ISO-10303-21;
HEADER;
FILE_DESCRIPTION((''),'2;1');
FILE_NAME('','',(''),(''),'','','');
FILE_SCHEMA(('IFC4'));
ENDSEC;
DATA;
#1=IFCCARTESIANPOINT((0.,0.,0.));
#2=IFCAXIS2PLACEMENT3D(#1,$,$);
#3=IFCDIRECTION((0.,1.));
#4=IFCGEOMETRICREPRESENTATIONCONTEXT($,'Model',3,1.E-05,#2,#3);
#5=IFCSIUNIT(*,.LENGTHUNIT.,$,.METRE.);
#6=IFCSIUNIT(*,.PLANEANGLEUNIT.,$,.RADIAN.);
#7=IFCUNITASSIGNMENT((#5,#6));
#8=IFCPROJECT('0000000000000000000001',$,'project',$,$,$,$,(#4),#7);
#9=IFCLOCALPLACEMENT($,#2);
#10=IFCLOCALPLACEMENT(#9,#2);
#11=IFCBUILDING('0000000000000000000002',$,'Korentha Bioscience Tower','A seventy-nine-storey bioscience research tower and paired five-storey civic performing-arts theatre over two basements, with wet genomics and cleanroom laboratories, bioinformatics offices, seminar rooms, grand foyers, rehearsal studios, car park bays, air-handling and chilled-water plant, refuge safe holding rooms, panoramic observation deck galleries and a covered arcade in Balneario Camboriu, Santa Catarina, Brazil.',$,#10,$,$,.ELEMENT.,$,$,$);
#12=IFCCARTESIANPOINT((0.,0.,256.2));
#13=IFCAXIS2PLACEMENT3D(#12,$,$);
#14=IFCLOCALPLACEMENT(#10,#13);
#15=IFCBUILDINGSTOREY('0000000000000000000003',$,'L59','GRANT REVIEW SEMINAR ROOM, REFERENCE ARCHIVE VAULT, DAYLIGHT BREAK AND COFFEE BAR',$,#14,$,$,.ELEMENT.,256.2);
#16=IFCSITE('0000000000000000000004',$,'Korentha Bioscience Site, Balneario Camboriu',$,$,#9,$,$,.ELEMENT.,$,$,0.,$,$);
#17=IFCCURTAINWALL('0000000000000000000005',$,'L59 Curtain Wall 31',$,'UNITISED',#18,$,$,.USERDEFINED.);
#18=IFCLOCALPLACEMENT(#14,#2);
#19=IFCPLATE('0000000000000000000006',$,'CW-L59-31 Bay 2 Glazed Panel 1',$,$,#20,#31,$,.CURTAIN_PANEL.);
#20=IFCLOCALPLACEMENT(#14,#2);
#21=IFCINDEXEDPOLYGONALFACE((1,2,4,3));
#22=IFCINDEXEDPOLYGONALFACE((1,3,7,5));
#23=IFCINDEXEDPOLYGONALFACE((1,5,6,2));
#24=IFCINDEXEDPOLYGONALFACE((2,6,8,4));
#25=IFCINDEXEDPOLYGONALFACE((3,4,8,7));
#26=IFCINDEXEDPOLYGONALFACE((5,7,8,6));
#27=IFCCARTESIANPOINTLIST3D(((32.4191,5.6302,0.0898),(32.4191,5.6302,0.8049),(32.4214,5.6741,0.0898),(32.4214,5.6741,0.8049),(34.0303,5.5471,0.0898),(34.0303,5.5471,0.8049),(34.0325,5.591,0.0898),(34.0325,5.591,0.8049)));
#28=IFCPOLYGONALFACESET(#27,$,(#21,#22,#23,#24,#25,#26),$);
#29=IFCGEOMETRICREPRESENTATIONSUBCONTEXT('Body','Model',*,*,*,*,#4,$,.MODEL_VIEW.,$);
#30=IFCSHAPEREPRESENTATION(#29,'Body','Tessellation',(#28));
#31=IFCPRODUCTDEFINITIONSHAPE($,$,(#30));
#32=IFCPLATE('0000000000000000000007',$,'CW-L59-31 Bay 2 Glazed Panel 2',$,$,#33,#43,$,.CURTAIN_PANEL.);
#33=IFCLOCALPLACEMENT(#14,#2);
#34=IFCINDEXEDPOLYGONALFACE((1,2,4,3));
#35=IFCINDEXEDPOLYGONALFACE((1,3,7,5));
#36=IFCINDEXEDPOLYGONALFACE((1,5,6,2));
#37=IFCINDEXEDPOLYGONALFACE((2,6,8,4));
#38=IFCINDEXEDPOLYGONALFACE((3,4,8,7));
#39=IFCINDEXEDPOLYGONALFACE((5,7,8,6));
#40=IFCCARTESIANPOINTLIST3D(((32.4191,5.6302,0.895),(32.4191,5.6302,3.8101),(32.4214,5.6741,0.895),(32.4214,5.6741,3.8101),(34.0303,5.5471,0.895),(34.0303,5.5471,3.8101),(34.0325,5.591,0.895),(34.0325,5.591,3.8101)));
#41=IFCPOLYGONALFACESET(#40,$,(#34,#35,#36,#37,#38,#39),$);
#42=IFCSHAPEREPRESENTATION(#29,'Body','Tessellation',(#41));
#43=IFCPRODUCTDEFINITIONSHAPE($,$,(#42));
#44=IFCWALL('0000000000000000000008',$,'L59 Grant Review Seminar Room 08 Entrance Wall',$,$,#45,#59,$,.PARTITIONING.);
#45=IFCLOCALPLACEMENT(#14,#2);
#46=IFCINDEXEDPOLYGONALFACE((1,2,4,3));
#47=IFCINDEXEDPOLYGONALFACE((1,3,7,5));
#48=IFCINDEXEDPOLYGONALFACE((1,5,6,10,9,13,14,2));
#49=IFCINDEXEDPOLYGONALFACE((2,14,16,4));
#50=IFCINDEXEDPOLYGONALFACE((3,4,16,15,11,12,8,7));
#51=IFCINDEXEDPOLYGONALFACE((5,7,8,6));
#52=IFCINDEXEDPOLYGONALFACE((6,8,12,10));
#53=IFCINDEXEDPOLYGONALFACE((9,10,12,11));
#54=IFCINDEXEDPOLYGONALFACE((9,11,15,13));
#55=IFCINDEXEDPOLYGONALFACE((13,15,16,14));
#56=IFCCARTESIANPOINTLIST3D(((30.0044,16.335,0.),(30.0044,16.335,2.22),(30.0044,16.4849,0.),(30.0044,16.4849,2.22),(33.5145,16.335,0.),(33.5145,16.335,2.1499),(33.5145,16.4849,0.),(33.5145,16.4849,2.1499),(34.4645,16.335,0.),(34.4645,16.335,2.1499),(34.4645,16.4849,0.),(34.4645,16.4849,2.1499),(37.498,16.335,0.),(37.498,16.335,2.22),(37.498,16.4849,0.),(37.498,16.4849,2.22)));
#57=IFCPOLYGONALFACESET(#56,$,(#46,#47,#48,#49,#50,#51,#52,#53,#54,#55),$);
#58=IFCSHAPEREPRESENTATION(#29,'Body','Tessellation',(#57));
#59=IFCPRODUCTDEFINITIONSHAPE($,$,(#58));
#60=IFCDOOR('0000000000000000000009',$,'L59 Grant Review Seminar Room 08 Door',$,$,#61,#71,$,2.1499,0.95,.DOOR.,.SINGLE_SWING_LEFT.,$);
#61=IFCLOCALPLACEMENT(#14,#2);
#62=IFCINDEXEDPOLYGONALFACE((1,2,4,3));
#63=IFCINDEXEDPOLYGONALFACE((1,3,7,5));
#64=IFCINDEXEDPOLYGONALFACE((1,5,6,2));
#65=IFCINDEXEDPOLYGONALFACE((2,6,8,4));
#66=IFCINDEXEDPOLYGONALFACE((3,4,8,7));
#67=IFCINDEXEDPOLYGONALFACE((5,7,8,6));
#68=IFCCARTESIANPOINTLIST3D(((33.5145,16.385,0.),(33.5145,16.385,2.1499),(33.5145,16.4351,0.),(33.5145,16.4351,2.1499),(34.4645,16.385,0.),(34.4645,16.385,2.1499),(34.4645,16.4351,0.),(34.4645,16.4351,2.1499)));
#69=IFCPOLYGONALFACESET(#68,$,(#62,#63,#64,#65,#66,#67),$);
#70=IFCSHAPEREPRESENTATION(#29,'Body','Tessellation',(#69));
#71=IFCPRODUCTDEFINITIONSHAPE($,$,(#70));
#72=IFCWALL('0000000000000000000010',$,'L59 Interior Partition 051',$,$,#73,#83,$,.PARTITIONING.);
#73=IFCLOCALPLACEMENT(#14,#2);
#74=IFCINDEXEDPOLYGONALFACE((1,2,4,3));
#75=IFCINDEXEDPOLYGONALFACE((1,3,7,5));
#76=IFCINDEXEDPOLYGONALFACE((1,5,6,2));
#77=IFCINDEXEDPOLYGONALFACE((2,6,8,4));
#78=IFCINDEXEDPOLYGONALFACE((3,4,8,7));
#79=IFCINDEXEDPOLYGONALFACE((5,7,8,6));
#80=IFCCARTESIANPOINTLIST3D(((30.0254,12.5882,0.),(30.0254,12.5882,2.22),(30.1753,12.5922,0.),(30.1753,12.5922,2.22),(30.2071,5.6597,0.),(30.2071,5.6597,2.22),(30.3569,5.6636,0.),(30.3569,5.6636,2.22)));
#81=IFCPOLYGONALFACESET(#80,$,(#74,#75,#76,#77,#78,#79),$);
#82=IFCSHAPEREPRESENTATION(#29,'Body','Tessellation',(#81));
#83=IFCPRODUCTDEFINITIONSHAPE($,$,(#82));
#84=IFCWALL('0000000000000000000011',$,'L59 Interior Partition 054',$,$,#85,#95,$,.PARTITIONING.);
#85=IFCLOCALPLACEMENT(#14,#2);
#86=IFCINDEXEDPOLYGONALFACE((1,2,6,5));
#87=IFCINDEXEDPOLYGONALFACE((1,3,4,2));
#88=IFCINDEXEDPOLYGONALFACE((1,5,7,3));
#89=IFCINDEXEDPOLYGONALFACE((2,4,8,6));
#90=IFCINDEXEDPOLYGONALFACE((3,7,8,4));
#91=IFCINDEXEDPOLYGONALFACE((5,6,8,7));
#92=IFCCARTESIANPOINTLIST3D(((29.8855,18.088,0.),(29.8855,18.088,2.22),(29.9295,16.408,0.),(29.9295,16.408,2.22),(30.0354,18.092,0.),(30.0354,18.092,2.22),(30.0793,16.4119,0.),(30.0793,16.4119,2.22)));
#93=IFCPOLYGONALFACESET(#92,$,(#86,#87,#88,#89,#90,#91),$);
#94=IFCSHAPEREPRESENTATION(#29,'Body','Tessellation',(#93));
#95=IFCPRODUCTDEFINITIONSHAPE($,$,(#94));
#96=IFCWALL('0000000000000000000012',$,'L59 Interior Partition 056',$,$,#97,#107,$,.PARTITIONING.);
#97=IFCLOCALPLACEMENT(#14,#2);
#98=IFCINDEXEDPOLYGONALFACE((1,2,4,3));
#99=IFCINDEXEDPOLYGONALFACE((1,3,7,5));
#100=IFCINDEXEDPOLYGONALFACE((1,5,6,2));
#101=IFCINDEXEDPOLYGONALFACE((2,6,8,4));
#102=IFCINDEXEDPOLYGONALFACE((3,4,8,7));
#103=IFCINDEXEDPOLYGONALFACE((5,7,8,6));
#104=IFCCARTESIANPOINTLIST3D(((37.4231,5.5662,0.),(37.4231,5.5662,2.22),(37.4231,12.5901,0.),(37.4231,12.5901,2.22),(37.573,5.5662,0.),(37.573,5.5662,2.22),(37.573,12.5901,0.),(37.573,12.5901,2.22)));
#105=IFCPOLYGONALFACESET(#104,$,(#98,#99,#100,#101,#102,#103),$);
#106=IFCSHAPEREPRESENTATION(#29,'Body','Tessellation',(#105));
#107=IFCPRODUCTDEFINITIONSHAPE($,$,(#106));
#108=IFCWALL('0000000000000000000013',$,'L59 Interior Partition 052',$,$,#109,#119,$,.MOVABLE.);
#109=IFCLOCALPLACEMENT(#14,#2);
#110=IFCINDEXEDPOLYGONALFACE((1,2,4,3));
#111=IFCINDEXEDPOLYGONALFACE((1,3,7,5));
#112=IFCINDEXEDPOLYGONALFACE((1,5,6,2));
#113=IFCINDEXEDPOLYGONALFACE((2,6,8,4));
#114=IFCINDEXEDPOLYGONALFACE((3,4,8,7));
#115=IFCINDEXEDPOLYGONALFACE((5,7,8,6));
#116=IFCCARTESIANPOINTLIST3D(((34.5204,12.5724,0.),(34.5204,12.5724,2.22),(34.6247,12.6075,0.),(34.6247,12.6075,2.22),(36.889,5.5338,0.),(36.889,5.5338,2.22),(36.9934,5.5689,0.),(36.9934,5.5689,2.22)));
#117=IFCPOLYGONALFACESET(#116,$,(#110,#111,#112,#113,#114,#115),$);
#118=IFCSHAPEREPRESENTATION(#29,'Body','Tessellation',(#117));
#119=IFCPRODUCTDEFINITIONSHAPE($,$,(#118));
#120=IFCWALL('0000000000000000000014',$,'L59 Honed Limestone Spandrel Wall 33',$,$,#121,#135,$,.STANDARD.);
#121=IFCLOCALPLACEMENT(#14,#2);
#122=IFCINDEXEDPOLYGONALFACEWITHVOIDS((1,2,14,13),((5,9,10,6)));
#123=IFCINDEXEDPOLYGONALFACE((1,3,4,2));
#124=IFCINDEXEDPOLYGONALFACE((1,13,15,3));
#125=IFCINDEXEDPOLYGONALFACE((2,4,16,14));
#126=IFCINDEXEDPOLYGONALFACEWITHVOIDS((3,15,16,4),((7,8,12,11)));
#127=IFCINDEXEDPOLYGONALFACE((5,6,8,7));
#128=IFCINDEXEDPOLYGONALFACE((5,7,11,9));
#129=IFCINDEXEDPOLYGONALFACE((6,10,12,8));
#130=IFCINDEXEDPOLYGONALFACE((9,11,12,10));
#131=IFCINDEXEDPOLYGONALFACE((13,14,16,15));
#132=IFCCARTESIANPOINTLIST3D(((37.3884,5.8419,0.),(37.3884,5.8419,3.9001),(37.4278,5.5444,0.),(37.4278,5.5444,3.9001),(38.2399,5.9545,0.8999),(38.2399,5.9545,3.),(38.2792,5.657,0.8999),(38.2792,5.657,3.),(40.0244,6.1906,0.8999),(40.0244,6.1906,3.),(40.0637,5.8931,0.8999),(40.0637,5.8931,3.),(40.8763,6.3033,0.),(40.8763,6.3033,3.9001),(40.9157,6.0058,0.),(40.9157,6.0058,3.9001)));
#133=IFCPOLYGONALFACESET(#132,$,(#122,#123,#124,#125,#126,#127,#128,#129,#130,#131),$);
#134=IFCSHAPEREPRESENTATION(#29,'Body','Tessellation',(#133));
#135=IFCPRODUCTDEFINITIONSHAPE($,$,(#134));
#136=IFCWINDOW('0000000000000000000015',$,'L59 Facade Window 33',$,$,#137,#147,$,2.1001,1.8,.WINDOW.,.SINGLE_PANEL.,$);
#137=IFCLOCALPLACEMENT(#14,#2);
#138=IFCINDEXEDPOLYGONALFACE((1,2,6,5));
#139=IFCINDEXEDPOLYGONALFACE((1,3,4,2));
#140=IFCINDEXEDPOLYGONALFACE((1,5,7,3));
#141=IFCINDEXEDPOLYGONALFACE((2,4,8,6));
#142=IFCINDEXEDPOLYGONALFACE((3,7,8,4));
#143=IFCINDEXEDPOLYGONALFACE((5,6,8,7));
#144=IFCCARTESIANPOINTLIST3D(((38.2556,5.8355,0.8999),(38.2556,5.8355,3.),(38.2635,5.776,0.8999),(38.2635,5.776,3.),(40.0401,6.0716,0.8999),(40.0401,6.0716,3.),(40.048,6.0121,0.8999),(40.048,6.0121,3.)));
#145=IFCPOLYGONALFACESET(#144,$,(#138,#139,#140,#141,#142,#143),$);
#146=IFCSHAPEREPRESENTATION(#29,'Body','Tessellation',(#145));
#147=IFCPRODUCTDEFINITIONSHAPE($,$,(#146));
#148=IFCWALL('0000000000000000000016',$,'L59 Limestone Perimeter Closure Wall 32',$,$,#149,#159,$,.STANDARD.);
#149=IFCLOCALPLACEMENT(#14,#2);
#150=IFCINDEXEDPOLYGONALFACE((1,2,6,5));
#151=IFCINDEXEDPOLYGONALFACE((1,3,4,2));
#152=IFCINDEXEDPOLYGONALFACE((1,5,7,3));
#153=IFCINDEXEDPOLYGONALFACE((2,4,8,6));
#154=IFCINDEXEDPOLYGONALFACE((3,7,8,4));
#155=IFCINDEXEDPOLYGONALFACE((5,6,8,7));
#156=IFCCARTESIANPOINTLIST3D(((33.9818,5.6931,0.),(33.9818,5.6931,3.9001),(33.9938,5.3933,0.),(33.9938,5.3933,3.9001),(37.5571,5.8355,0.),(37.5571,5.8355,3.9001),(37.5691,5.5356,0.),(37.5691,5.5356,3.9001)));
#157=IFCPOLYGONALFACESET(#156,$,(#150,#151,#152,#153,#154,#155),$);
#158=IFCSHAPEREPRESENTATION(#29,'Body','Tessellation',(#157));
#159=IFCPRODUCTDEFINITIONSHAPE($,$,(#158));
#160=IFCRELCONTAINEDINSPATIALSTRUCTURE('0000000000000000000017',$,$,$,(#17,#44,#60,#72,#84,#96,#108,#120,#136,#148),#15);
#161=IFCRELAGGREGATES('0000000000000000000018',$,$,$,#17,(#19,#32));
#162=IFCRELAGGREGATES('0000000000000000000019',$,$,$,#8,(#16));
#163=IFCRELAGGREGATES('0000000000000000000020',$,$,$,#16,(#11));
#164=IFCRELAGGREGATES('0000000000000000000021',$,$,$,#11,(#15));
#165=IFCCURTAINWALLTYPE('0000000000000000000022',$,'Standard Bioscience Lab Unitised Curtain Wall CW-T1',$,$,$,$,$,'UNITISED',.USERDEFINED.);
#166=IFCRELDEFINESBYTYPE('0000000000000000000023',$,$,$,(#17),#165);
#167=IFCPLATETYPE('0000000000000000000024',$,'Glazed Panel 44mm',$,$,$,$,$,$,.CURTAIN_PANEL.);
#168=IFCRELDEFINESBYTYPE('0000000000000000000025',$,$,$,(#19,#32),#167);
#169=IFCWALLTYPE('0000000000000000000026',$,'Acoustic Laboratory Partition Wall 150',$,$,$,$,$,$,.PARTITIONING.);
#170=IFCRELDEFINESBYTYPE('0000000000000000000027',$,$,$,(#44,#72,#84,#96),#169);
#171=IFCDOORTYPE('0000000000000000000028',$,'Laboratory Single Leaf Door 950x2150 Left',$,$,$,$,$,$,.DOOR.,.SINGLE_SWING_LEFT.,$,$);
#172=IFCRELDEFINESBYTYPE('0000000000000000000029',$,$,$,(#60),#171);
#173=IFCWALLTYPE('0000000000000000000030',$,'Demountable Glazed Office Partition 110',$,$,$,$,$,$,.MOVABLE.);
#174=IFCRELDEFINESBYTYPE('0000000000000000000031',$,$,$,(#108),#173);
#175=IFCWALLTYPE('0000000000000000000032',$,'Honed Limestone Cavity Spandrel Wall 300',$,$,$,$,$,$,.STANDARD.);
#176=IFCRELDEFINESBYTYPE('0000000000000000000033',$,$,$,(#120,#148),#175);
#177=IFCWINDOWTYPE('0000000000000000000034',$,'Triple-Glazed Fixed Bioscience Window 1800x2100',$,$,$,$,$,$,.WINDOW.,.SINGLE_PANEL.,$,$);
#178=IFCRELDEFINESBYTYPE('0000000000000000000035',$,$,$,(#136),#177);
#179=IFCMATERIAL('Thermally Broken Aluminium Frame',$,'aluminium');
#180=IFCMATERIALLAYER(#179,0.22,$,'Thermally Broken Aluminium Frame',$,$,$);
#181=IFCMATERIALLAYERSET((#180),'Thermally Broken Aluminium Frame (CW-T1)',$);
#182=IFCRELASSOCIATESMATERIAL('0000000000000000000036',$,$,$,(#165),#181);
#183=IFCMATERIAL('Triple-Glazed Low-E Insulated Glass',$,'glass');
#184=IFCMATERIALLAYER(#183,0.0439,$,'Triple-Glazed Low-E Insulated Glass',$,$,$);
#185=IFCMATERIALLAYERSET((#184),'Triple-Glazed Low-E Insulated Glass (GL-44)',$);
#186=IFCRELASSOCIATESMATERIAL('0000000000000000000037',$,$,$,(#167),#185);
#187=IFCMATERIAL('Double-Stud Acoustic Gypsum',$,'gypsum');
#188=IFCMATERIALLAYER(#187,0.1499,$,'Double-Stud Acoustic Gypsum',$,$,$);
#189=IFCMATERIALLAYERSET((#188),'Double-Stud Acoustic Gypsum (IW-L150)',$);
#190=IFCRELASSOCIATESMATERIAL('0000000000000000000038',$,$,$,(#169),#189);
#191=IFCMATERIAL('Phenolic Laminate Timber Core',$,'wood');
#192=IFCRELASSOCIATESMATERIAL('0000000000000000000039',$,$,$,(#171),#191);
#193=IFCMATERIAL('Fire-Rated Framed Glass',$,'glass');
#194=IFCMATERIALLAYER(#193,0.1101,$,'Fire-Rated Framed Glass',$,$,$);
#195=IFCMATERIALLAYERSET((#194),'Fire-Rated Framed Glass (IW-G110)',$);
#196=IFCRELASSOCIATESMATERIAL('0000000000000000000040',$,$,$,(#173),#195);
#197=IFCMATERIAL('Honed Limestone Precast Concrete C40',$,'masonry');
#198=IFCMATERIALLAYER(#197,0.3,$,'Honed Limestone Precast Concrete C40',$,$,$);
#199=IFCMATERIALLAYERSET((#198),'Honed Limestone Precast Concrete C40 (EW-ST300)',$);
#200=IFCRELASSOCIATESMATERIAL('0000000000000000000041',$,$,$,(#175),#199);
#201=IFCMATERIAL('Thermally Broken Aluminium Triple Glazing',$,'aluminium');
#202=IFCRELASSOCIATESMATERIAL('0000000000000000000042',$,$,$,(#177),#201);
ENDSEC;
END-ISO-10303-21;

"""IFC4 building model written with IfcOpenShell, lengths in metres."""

from ifc_helpers import new_model, si_unit, direction, frame, frame_2d, origin, origin_2d, place, context, subcontext, project, spatial, rectangle, extrude, material, layer, layer_set, type_object, element, fill, aggregate, save


model = new_model("IFC4")

# Units and contexts
model_context = context("Model", 3, precision=1e-05, world=origin(), true_north=direction((0.0, 1.0)))
body_context = subcontext(model_context, "Body", "Model", "MODEL_VIEW")
ifc_project = project(units=[si_unit("LENGTHUNIT", "METRE"), si_unit("PLANEANGLEUNIT", "RADIAN")], contexts=[model_context])

# Site, building, storey
site_placement = place(None, origin())
site = spatial("IfcSite", under=ifc_project, at=site_placement, Name="Korentha Bioscience Site, Balneario Camboriu", CompositionType="ELEMENT", RefElevation=0.0)
building_placement = place(site_placement, origin())
building = spatial("IfcBuilding", under=site, at=building_placement, Name="Korentha Bioscience Tower", Description="A seventy-nine-storey bioscience research tower and paired five-storey civic performing-arts theatre over two basements, with wet genomics and cleanroom laboratories, bioinformatics offices, seminar rooms, grand foyers, rehearsal studios, car park bays, air-handling and chilled-water plant, refuge safe holding rooms, panoramic observation deck galleries and a covered arcade in Balneario Camboriu, Santa Catarina, Brazil.", CompositionType="ELEMENT")
storey_placement = place(building_placement, frame((0.0, 0.0, 256.2)))
storey = spatial("IfcBuildingStorey", under=building, at=storey_placement, Name="L59", Description="GRANT REVIEW SEMINAR ROOM, REFERENCE ARCHIVE VAULT, DAYLIGHT BREAK AND COFFEE BAR", CompositionType="ELEMENT", Elevation=256.2)

# Curtain wall, plates
ifc_material_1 = material(Name="Thermally Broken Aluminium Frame", Category="aluminium")
ifc_layer_1 = layer(ifc_material_1, 0.22, Name="Thermally Broken Aluminium Frame")
ifc_layer_set_1 = layer_set([ifc_layer_1], Name="Thermally Broken Aluminium Frame (CW-T1)")
curtain_wall_type = type_object("IfcCurtainWallType", Name="Standard Bioscience Lab Unitised Curtain Wall CW-T1", ElementType="UNITISED", PredefinedType="USERDEFINED", material=ifc_layer_set_1)
curtain_wall_placement = place(storey_placement, origin())
curtain_wall = element("IfcCurtainWall", 1, at=curtain_wall_placement, inside=storey, type_object=curtain_wall_type, Name="L59 Curtain Wall 31", ObjectType="UNITISED", PredefinedType="USERDEFINED")
ifc_material_2 = material(Name="Triple-Glazed Low-E Insulated Glass", Category="glass")
ifc_layer_2 = layer(ifc_material_2, 0.0439, Name="Triple-Glazed Low-E Insulated Glass")
ifc_layer_set_2 = layer_set([ifc_layer_2], Name="Triple-Glazed Low-E Insulated Glass (GL-44)")
plate_type = type_object("IfcPlateType", Name="Glazed Panel 44mm", PredefinedType="CURTAIN_PANEL", material=ifc_layer_set_2)
plate_1_placement = place(storey_placement, frame((33.2258, 5.6106, 0.0898), z_axis=(0.0, 0.0, 1.0), x_axis=(0.998671, -0.051538, 0.0)))
plate_1 = element("IfcPlate", 2, at=plate_1_placement, type_object=plate_type, Name="CW-L59-31 Bay 2 Glazed Panel 1", PredefinedType="CURTAIN_PANEL", context=body_context, shape_type="SweptSolid", body=[
    extrude(rectangle(XDim=1.6133, YDim=0.0439, at=origin_2d()), origin(), (0.0, 0.0, 1.0), 0.7151),
])
plate_2_placement = place(storey_placement, frame((33.2258, 5.6106, 0.895), z_axis=(0.0, 0.0, 1.0), x_axis=(0.998671, -0.051538, 0.0)))
plate_2 = element("IfcPlate", 3, at=plate_2_placement, type_object=plate_type, Name="CW-L59-31 Bay 2 Glazed Panel 2", PredefinedType="CURTAIN_PANEL", context=body_context, shape_type="SweptSolid", body=[
    extrude(rectangle(XDim=1.6133, YDim=0.0439, at=origin_2d()), origin(), (0.0, 0.0, 1.0), 2.915),
])
aggregate(curtain_wall, [plate_1, plate_2])

# Wall, opening, door
ifc_material_3 = material(Name="Double-Stud Acoustic Gypsum", Category="gypsum")
ifc_layer_3 = layer(ifc_material_3, 0.1499, Name="Double-Stud Acoustic Gypsum")
ifc_layer_set_3 = layer_set([ifc_layer_3], Name="Double-Stud Acoustic Gypsum (IW-L150)")
wall_type_1 = type_object("IfcWallType", Name="Acoustic Laboratory Partition Wall 150", PredefinedType="PARTITIONING", material=ifc_layer_set_3)
wall_1_placement = place(storey_placement, frame((37.498, 16.4099, 0.0), z_axis=(0.0, 0.0, 1.0), x_axis=(-1.0, 0.0, 0.0)))
wall_1 = element("IfcWall", 4, at=wall_1_placement, inside=storey, type_object=wall_type_1, Name="L59 Grant Review Seminar Room 08 Entrance Wall", PredefinedType="PARTITIONING", context=body_context, shape_type="SweptSolid", body=[
    extrude(rectangle(XDim=7.4937, YDim=0.1499, at=frame_2d((3.7468, 0.0))), origin(), (0.0, 0.0, 1.0), 2.22),
])
opening_1_placement = place(wall_1_placement, frame((3.0334, 0.0, 0.0)))
opening_1 = element("IfcOpeningElement", 5, at=opening_1_placement, cuts=wall_1, PredefinedType="OPENING", context=body_context, shape_type="SweptSolid", body=[
    extrude(rectangle(XDim=0.95, YDim=2.1499, at=frame_2d((0.4751, 1.075))), frame((0.0, 0.0898, 0.0), z_axis=(0.0, -1.0, 0.0), x_axis=(1.0, 0.0, 0.0)), (0.0, 0.0, 1.0), 0.1797),
])
ifc_material_4 = material(Name="Phenolic Laminate Timber Core", Category="wood")
door_type_1 = type_object("IfcDoorType", Name="Laboratory Single Leaf Door 950x2150 Left", OperationType="SINGLE_SWING_LEFT", PredefinedType="DOOR", material=ifc_material_4)
door_1_placement = place(opening_1_placement, origin())
door_1 = element("IfcDoor", 6, at=door_1_placement, inside=storey, type_object=door_type_1, Name="L59 Grant Review Seminar Room 08 Door", OperationType="SINGLE_SWING_LEFT", OverallHeight=2.1499, OverallWidth=0.95, PredefinedType="DOOR", context=body_context, shape_type="SweptSolid", body=[
    extrude(rectangle(XDim=0.95, YDim=2.1499, at=frame_2d((0.4751, 1.075))), frame((0.0, 0.0249, 0.0), z_axis=(0.0, -1.0, 0.0), x_axis=(1.0, 0.0, 0.0)), (0.0, 0.0, 1.0), 0.05),
])
fill(opening_1, door_1)

# Walls
wall_2_placement = place(storey_placement, frame((30.1003, 12.5901, 0.0), z_axis=(0.0, 0.0, 1.0), x_axis=(0.026208, -0.999657, 0.0)))
element("IfcWall", 7, at=wall_2_placement, inside=storey, type_object=wall_type_1, Name="L59 Interior Partition 051", PredefinedType="PARTITIONING", context=body_context, shape_type="SweptSolid", body=[
    extrude(rectangle(XDim=6.9309, YDim=0.1499, at=frame_2d((3.4653, 0.0))), origin(), (0.0, 0.0, 1.0), 2.22),
])
wall_3_placement = place(storey_placement, frame((30.0044, 16.4099, 0.0), z_axis=(0.0, 0.0, 1.0), x_axis=(-0.026146, 0.999658, 0.0)))
element("IfcWall", 8, at=wall_3_placement, inside=storey, type_object=wall_type_1, Name="L59 Interior Partition 054", PredefinedType="PARTITIONING", context=body_context, shape_type="SweptSolid", body=[
    extrude(rectangle(XDim=1.6807, YDim=0.1499, at=frame_2d((0.8403, 0.0))), origin(), (0.0, 0.0, 1.0), 2.22),
])
wall_4_placement = place(storey_placement, frame((37.498, 12.5901, 0.0), z_axis=(0.0, 0.0, 1.0), x_axis=(0.0, -1.0, 0.0)))
element("IfcWall", 9, at=wall_4_placement, inside=storey, type_object=wall_type_1, Name="L59 Interior Partition 056", PredefinedType="PARTITIONING", context=body_context, shape_type="SweptSolid", body=[
    extrude(rectangle(XDim=7.0239, YDim=0.1499, at=frame_2d((3.512, 0.0))), origin(), (0.0, 0.0, 1.0), 2.22),
])

# Shared definitions
ifc_material_5 = material(Name="Fire-Rated Framed Glass", Category="glass")
ifc_layer_4 = layer(ifc_material_5, 0.1101, Name="Fire-Rated Framed Glass")
ifc_layer_set_4 = layer_set([ifc_layer_4], Name="Fire-Rated Framed Glass (IW-G110)")
wall_type_2 = type_object("IfcWallType", Name="Demountable Glazed Office Partition 110", PredefinedType="MOVABLE", material=ifc_layer_set_4)

# Wall
wall_5_placement = place(storey_placement, frame((34.5725, 12.5901, 0.0), z_axis=(0.0, 0.0, 1.0), x_axis=(0.318948, -0.947772, 0.0)))
element("IfcWall", 10, at=wall_5_placement, inside=storey, type_object=wall_type_2, Name="L59 Interior Partition 052", PredefinedType="MOVABLE", context=body_context, shape_type="SweptSolid", body=[
    extrude(rectangle(XDim=7.4265, YDim=0.1101, at=frame_2d((3.7134, 0.0))), origin(), (0.0, 0.0, 1.0), 2.22),
])

# Wall, opening, window
ifc_material_6 = material(Name="Honed Limestone Precast Concrete C40", Category="masonry")
ifc_layer_5 = layer(ifc_material_6, 0.3, Name="Honed Limestone Precast Concrete C40")
ifc_layer_set_5 = layer_set([ifc_layer_5], Name="Honed Limestone Precast Concrete C40 (EW-ST300)")
wall_type_3 = type_object("IfcWallType", Name="Honed Limestone Cavity Spandrel Wall 300", PredefinedType="STANDARD", material=ifc_layer_set_5)
wall_6_placement = place(storey_placement, frame((37.408, 5.6931, 0.0), z_axis=(0.0, 0.0, 1.0), x_axis=(0.991363, 0.131146, 0.0)))
wall_6 = element("IfcWall", 11, at=wall_6_placement, inside=storey, type_object=wall_type_3, Name="L59 Honed Limestone Spandrel Wall 33", PredefinedType="STANDARD", context=body_context, shape_type="SweptSolid", body=[
    extrude(rectangle(XDim=3.5183, YDim=0.3, at=frame_2d((1.7593, 0.0))), origin(), (0.0, 0.0, 1.0), 3.9001),
])
opening_2_placement = place(wall_6_placement, frame((0.8591, 0.0, 0.8999)))
opening_2 = element("IfcOpeningElement", 12, at=opening_2_placement, cuts=wall_6, PredefinedType="OPENING", context=body_context, shape_type="SweptSolid", body=[
    extrude(rectangle(XDim=1.8, YDim=2.1001, at=frame_2d((0.8999, 1.05))), frame((0.0, 0.165, 0.0), z_axis=(0.0, -1.0, 0.0), x_axis=(1.0, 0.0, 0.0)), (0.0, 0.0, 1.0), 0.3298),
])
ifc_material_7 = material(Name="Thermally Broken Aluminium Triple Glazing", Category="aluminium")
window_type = type_object("IfcWindowType", Name="Triple-Glazed Fixed Bioscience Window 1800x2100", PartitioningType="SINGLE_PANEL", PredefinedType="WINDOW", material=ifc_material_7)
window_placement = place(opening_2_placement, origin())
window = element("IfcWindow", 13, at=window_placement, inside=storey, type_object=window_type, Name="L59 Facade Window 33", OverallHeight=2.1001, OverallWidth=1.8, PartitioningType="SINGLE_PANEL", PredefinedType="WINDOW", context=body_context, shape_type="SweptSolid", body=[
    extrude(rectangle(XDim=1.8, YDim=2.1001, at=frame_2d((0.8999, 1.05))), frame((0.0, 0.03, 0.0), z_axis=(0.0, -1.0, 0.0), x_axis=(1.0, 0.0, 0.0)), (0.0, 0.0, 1.0), 0.0601),
])
fill(opening_2, window)

# Wall
wall_7_placement = place(storey_placement, frame((33.9878, 5.5432, 0.0), z_axis=(0.0, 0.0, 1.0), x_axis=(0.999208, 0.03978, 0.0)))
element("IfcWall", 14, at=wall_7_placement, inside=storey, type_object=wall_type_3, Name="L59 Limestone Perimeter Closure Wall 32", PredefinedType="STANDARD", context=body_context, shape_type="SweptSolid", body=[
    extrude(rectangle(XDim=3.5781, YDim=0.3, at=frame_2d((1.7891, 0.0))), origin(), (0.0, 0.0, 1.0), 3.9001),
])

save(model, "model.ifc")
